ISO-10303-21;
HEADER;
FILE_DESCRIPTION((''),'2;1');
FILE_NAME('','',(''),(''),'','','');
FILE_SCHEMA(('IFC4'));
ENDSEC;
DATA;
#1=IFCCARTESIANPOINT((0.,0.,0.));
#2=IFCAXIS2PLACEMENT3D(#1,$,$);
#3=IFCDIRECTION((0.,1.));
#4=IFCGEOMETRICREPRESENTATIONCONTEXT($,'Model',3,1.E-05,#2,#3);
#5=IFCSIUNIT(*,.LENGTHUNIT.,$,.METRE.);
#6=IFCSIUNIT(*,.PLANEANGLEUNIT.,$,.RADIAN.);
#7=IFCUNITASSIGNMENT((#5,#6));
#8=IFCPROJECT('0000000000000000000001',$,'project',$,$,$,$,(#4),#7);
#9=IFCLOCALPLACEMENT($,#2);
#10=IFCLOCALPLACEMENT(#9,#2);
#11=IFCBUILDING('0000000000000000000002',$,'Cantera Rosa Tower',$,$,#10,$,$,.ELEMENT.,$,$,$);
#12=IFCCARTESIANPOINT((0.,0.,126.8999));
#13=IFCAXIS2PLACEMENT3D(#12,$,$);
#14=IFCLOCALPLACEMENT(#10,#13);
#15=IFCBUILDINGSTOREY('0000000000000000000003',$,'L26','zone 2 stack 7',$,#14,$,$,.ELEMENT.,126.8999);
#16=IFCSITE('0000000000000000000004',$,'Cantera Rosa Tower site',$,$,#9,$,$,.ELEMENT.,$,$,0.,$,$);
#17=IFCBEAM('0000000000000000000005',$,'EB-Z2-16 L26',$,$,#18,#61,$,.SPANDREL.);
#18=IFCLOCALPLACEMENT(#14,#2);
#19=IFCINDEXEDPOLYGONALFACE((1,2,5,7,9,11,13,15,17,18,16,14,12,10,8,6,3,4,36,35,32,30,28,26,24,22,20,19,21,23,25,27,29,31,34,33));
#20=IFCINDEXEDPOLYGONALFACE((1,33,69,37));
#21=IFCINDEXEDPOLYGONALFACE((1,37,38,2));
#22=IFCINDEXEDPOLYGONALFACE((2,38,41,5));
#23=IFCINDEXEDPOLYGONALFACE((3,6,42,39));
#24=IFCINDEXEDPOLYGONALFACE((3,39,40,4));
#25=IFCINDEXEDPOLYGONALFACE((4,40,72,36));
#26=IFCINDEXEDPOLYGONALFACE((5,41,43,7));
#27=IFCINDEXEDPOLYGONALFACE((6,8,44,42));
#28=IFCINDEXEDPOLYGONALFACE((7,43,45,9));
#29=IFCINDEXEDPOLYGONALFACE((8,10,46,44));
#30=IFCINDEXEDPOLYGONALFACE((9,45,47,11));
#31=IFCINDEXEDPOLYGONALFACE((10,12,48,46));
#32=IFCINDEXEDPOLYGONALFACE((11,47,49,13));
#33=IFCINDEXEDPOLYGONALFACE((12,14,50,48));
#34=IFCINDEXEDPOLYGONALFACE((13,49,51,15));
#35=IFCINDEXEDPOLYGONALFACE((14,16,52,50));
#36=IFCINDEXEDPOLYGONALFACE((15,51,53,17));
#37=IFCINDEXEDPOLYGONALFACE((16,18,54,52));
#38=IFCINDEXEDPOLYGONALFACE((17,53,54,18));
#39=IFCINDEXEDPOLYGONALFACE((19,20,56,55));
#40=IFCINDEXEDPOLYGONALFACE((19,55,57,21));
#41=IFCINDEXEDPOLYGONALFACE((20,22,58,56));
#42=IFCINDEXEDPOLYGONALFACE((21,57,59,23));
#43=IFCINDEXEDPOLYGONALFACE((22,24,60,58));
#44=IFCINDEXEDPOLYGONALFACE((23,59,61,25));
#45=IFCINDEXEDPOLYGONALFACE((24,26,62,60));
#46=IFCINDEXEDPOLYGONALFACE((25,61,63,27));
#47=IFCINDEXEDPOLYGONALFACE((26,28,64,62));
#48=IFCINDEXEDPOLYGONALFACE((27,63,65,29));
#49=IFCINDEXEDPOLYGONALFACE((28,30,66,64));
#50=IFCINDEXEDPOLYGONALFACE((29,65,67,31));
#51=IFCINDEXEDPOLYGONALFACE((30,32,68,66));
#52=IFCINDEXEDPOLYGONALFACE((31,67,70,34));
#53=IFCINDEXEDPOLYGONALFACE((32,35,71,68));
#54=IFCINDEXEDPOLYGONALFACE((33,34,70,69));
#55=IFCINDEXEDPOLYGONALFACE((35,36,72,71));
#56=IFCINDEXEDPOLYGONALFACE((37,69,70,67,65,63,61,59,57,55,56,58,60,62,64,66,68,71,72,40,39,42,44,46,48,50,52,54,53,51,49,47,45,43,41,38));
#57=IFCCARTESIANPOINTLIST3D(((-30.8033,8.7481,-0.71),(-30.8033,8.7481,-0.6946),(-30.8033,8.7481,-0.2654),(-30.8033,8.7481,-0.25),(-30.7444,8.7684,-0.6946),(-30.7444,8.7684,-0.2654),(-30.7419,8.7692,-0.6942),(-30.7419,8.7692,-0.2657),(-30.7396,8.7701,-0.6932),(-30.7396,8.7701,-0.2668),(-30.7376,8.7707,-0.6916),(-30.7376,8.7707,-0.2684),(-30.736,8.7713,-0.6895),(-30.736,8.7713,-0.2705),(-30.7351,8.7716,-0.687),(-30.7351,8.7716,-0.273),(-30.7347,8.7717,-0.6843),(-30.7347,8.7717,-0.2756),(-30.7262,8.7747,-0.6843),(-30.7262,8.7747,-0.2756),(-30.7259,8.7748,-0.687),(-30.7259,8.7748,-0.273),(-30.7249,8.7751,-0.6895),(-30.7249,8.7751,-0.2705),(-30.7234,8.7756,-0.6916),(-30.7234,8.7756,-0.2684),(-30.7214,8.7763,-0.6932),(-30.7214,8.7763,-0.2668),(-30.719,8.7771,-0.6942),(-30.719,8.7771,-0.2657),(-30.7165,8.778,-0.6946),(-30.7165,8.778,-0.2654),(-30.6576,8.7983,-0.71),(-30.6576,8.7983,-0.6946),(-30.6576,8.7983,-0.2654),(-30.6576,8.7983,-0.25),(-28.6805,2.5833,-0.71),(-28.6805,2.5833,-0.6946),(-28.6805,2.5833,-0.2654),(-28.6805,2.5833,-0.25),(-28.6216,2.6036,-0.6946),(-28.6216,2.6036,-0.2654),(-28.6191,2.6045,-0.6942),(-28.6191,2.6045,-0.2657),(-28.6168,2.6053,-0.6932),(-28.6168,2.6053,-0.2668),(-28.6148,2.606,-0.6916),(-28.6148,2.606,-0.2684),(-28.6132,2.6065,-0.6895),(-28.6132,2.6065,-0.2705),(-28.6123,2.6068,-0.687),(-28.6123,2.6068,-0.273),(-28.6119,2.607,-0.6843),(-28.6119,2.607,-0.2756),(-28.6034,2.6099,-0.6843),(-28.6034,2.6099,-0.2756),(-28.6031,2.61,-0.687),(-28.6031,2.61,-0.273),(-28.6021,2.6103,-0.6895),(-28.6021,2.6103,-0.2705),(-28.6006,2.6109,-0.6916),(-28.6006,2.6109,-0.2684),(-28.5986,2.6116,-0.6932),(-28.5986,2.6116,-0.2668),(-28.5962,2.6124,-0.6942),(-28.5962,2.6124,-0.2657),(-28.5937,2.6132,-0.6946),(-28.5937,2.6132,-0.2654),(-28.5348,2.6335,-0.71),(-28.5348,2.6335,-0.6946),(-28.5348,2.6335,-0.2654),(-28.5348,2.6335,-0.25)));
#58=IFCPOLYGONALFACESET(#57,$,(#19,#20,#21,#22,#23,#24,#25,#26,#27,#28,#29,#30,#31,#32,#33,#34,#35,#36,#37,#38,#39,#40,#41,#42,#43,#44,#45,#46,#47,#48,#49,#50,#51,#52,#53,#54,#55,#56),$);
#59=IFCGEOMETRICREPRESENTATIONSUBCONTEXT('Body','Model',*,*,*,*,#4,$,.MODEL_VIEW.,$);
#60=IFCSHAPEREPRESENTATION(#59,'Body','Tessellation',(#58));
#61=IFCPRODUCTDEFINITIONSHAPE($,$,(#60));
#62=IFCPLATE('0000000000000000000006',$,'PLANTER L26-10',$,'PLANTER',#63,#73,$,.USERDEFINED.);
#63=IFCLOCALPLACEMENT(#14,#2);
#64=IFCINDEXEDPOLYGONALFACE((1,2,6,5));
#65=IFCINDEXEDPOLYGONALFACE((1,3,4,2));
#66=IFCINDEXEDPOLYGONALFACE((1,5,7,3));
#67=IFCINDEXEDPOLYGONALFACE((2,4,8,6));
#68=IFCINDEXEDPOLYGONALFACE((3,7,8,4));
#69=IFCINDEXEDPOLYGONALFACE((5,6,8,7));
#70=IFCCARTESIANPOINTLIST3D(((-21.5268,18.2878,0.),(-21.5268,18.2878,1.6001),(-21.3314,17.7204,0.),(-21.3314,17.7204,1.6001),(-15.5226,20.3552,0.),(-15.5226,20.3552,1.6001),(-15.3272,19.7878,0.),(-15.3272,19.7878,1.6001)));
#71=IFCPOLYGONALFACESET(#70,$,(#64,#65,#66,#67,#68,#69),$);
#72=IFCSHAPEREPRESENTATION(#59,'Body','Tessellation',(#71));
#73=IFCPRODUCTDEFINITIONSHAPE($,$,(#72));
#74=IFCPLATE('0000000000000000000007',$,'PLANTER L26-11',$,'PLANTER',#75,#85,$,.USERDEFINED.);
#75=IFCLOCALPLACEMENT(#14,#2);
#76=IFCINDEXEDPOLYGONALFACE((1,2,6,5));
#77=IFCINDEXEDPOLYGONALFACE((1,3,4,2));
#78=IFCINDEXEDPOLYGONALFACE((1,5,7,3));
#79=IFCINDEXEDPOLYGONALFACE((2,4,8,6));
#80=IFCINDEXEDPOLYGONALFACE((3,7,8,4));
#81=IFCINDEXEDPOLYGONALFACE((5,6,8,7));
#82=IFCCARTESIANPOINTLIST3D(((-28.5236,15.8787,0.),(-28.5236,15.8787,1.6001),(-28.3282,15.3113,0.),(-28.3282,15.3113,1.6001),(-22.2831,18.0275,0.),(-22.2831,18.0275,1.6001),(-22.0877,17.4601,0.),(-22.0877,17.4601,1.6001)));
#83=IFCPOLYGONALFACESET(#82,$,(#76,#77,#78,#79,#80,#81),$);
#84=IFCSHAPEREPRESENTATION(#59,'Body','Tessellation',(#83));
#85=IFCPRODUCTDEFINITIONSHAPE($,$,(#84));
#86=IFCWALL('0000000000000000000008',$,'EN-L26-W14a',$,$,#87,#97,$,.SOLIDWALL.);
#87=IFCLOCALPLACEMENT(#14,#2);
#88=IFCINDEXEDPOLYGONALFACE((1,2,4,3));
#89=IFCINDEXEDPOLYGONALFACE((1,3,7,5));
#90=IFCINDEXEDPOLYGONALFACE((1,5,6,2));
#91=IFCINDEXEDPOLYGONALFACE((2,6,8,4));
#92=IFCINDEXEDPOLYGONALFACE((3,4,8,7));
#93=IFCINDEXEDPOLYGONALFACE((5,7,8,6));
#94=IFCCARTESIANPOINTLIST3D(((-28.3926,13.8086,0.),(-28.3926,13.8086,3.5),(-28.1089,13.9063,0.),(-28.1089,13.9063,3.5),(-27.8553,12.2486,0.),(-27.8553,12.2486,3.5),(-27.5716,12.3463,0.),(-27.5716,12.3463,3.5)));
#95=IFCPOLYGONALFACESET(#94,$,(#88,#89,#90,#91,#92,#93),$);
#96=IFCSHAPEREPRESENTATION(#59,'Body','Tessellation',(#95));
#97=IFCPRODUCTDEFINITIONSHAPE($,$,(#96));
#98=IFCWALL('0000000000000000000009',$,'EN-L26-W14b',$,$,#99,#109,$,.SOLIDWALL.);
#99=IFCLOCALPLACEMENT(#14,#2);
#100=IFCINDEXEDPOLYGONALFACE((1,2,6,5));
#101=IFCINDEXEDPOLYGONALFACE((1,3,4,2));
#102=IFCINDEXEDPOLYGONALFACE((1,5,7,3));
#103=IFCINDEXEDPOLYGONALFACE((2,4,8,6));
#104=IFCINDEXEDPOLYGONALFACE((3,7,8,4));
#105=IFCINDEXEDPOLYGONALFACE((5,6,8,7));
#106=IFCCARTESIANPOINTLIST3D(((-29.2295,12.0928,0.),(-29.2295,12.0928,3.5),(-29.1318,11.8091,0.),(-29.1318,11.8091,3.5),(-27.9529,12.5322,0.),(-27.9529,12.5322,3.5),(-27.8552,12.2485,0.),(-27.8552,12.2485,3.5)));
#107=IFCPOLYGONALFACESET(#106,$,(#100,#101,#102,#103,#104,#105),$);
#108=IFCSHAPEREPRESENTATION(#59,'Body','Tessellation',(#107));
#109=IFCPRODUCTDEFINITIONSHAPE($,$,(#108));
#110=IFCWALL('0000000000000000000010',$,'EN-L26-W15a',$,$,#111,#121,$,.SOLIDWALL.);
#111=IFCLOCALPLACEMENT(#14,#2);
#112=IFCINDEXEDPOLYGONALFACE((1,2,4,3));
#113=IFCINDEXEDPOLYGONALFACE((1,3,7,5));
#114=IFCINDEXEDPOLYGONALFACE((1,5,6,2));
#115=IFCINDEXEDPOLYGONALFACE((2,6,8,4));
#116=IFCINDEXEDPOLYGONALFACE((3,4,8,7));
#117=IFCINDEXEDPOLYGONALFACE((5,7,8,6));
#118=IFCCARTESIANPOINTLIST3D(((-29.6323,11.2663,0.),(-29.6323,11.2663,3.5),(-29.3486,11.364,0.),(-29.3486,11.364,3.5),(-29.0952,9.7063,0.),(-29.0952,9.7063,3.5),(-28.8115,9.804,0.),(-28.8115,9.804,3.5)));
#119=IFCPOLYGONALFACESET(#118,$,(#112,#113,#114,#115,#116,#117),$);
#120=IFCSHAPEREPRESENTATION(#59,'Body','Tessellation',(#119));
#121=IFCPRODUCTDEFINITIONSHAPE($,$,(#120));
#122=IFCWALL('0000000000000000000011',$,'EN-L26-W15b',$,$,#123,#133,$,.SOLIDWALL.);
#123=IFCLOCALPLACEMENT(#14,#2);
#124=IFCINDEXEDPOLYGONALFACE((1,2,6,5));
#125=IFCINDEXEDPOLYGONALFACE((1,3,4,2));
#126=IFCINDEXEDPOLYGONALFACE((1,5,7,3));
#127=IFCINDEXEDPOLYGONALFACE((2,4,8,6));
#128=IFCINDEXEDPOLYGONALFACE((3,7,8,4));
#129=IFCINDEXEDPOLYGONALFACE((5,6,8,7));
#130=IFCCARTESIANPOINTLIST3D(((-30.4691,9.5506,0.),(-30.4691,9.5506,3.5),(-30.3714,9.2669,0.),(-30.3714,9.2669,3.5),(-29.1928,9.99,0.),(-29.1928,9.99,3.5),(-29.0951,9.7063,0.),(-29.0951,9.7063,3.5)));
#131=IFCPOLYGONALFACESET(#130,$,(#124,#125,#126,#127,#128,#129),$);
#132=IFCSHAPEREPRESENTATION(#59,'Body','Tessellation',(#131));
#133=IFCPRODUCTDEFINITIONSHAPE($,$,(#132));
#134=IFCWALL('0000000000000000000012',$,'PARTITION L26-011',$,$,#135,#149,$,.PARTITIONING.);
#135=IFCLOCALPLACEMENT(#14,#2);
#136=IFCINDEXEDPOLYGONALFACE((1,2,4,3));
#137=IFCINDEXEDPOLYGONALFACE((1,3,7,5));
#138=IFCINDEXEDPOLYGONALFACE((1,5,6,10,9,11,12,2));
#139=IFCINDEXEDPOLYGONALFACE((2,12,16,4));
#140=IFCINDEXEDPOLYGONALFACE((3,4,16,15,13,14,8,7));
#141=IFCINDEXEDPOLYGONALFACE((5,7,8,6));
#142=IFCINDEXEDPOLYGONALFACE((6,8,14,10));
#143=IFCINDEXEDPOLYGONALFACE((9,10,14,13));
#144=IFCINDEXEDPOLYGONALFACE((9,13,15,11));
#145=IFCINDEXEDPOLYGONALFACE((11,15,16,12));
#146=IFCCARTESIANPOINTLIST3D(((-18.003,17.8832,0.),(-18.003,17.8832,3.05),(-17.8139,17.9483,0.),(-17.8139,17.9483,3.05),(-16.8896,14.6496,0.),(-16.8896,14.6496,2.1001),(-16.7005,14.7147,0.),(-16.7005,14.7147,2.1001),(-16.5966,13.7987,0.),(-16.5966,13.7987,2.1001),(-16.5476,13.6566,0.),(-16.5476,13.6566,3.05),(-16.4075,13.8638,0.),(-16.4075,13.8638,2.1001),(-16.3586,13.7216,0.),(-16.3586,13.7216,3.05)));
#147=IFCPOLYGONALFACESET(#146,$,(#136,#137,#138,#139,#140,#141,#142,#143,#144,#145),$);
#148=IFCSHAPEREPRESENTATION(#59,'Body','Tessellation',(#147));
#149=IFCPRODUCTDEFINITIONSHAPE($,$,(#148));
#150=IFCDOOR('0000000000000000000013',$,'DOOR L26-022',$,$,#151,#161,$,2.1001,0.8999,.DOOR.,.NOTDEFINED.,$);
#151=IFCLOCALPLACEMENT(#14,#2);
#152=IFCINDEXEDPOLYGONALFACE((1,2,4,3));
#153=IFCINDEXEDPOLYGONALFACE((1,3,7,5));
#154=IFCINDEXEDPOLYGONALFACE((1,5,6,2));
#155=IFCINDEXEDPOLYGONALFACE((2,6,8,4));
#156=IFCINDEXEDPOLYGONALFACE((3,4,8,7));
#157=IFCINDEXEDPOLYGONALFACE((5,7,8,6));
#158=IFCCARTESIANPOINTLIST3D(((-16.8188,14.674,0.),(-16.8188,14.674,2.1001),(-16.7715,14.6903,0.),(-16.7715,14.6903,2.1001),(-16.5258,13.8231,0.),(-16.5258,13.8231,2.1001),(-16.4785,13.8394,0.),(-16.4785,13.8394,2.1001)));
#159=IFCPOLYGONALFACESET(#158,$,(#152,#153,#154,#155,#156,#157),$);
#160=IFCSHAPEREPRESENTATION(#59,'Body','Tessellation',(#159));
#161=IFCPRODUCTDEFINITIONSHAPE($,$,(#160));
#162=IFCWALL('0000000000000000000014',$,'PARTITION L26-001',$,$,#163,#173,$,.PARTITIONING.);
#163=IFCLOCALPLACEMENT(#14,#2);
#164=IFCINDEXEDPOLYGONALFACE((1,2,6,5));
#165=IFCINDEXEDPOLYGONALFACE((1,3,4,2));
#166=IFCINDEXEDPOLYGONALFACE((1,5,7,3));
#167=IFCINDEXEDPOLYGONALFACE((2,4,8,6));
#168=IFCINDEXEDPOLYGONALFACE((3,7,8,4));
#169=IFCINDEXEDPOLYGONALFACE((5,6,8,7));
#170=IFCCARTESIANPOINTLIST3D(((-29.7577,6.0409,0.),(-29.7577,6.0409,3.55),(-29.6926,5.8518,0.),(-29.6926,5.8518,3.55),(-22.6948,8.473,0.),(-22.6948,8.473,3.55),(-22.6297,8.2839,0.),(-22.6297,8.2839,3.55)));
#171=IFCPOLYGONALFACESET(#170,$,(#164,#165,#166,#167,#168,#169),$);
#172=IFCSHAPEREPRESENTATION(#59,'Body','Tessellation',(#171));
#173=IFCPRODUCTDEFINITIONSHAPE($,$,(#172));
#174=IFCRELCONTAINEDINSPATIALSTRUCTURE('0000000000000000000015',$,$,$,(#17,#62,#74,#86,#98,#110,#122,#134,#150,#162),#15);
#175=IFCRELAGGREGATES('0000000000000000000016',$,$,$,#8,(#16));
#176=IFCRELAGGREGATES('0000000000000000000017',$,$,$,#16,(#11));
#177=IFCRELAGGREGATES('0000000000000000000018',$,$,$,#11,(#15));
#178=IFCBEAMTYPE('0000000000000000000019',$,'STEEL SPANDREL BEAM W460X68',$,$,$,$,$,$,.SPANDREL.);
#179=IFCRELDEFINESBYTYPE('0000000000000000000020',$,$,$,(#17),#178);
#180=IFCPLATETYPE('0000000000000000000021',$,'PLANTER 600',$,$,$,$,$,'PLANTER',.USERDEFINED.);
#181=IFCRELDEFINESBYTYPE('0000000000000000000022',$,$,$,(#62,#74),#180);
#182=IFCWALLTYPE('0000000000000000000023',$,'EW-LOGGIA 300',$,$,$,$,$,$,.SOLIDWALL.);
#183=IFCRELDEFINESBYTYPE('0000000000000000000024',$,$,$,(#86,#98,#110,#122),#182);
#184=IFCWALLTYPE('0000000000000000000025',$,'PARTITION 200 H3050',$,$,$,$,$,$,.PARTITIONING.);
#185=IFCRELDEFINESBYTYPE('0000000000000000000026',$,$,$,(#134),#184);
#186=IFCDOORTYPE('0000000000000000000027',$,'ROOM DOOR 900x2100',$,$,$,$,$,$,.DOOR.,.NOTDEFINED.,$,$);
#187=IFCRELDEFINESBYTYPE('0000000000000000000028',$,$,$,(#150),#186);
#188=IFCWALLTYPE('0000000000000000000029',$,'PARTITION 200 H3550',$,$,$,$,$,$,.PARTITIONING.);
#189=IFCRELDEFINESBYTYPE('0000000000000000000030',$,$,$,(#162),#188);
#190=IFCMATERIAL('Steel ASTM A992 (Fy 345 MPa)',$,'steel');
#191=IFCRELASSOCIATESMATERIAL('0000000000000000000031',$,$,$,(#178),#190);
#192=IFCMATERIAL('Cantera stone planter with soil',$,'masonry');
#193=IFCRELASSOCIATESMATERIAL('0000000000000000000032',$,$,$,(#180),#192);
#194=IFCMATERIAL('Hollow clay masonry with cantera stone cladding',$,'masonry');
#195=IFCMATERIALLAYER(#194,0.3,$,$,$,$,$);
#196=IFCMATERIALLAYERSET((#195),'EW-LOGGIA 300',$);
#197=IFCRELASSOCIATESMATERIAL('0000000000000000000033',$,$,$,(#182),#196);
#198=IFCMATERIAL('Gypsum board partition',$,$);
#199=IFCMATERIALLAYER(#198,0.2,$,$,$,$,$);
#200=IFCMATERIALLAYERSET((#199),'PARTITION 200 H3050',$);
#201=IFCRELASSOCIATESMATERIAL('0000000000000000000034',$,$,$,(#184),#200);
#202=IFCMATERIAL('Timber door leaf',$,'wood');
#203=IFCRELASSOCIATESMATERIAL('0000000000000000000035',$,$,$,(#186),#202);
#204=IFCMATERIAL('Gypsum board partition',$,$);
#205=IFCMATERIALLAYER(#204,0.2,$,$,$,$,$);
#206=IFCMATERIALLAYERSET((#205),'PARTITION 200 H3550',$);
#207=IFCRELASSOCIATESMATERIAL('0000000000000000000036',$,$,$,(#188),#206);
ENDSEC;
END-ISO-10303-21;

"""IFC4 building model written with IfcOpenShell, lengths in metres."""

from ifc_helpers import new_model, si_unit, direction, frame, frame_2d, origin, origin_2d, place, context, subcontext, project, spatial, rectangle, i_section, extrude, material, layer, layer_set, material_profile, profile_set, type_object, element, fill, save


model = new_model("IFC4")

# Units and contexts
model_context = context("Model", 3, precision=1e-05, world=origin(), true_north=direction((0.0, 1.0)))
body_context = subcontext(model_context, "Body", "Model", "MODEL_VIEW")
ifc_project = project(units=[si_unit("LENGTHUNIT", "METRE"), si_unit("PLANEANGLEUNIT", "RADIAN")], contexts=[model_context])

# Site, building, storey
site_placement = place(None, origin())
site = spatial("IfcSite", under=ifc_project, at=site_placement, Name="Cantera Rosa Tower site", CompositionType="ELEMENT", RefElevation=0.0)
building_placement = place(site_placement, origin())
building = spatial("IfcBuilding", under=site, at=building_placement, Name="Cantera Rosa Tower", CompositionType="ELEMENT")
storey_placement = place(building_placement, frame((0.0, 0.0, 126.8999)))
storey = spatial("IfcBuildingStorey", under=building, at=storey_placement, Name="L26", Description="zone 2 stack 7", CompositionType="ELEMENT", Elevation=126.8999)

# Beam
ifc_material_1 = material(Name="Steel ASTM A992 (Fy 345 MPa)", Category="steel")
ifc_material_profile_1 = material_profile(ifc_material_1, i_section(OverallWidth=0.1541, OverallDepth=0.46, WebThickness=0.009, FlangeThickness=0.0154, FilletRadius=0.0103, at=origin_2d()), Name="W460X68")
ifc_profile_set_1 = profile_set([ifc_material_profile_1], Name="Steel ASTM A992 (Fy 345 MPa)")
beam_type_1 = type_object("IfcBeamType", Name="STEEL SPANDREL BEAM W460X68", PredefinedType="SPANDREL", material=ifc_profile_set_1)
beam_1_placement = place(storey_placement, frame((-30.7305, 8.7732, -0.48), z_axis=(0.325581, -0.945514, 0.0), x_axis=(0.945514, 0.325581, 0.0)))
element("IfcBeam", 1, at=beam_1_placement, inside=storey, type_object=beam_type_1, Name="EB-Z2-16 L26", PredefinedType="SPANDREL", context=body_context, shape_type="SweptSolid", body=[
    extrude(i_section(OverallWidth=0.1541, OverallDepth=0.46, WebThickness=0.009, FlangeThickness=0.0154, FilletRadius=0.0103, at=origin_2d()), origin(), (0.0, 0.0, 1.0), 6.52),
])

# Plates
ifc_material_2 = material(Name="Cantera stone planter with soil", Category="masonry")
plate_type = type_object("IfcPlateType", Name="PLANTER 600", ElementType="PLANTER", PredefinedType="USERDEFINED", material=ifc_material_2)
plate_1_placement = place(storey_placement, frame((-18.427, 19.0378, 0.0), z_axis=(0.0, 0.0, 1.0), x_axis=(-0.945519, -0.325568, 0.0)))
element("IfcPlate", 2, at=plate_1_placement, inside=storey, type_object=plate_type, Name="PLANTER L26-10", ObjectType="PLANTER", PredefinedType="USERDEFINED", context=body_context, shape_type="SweptSolid", body=[
    extrude(rectangle(XDim=6.3501, YDim=0.6001, at=origin_2d()), origin(), (0.0, 0.0, 1.0), 1.6001),
])
plate_2_placement = place(storey_placement, frame((-25.3057, 16.6694, 0.0), z_axis=(0.0, 0.0, 1.0), x_axis=(-0.945519, -0.325568, 0.0)))
element("IfcPlate", 3, at=plate_2_placement, inside=storey, type_object=plate_type, Name="PLANTER L26-11", ObjectType="PLANTER", PredefinedType="USERDEFINED", context=body_context, shape_type="SweptSolid", body=[
    extrude(rectangle(XDim=6.6001, YDim=0.6001, at=origin_2d()), origin(), (0.0, 0.0, 1.0), 1.6001),
])

# Walls
ifc_material_3 = material(Name="Hollow clay masonry with cantera stone cladding", Category="masonry")
ifc_layer_1 = layer(ifc_material_3, 0.3)
ifc_layer_set_1 = layer_set([ifc_layer_1], Name="EW-LOGGIA 300")
wall_type_1 = type_object("IfcWallType", Name="EW-LOGGIA 300", PredefinedType="SOLIDWALL", material=ifc_layer_set_1)
wall_1_placement = place(storey_placement, frame((-28.2507, 13.8574, 0.0), z_axis=(0.0, 0.0, 1.0), x_axis=(0.325667, -0.945485, 0.0)))
element("IfcWall", 4, at=wall_1_placement, inside=storey, type_object=wall_type_1, Name="EN-L26-W14a", PredefinedType="SOLIDWALL", context=body_context, shape_type="SweptSolid", body=[
    extrude(rectangle(XDim=1.6499, YDim=0.3, at=frame_2d((0.825, 0.0))), origin(), (0.0, 0.0, 1.0), 3.5),
])
wall_2_placement = place(storey_placement, frame((-27.9041, 12.3904, 0.0), z_axis=(0.0, 0.0, 1.0), x_axis=(-0.945546, -0.325489, 0.0)))
element("IfcWall", 5, at=wall_2_placement, inside=storey, type_object=wall_type_1, Name="EN-L26-W14b", PredefinedType="SOLIDWALL", context=body_context, shape_type="SweptSolid", body=[
    extrude(rectangle(XDim=1.3501, YDim=0.3, at=frame_2d((0.675, 0.0))), origin(), (0.0, 0.0, 1.0), 3.5),
])
wall_3_placement = place(storey_placement, frame((-29.4905, 11.3152, 0.0), z_axis=(0.0, 0.0, 1.0), x_axis=(0.325535, -0.94553, 0.0)))
element("IfcWall", 6, at=wall_3_placement, inside=storey, type_object=wall_type_1, Name="EN-L26-W15a", PredefinedType="SOLIDWALL", context=body_context, shape_type="SweptSolid", body=[
    extrude(rectangle(XDim=1.6499, YDim=0.3, at=frame_2d((0.825, 0.0))), origin(), (0.0, 0.0, 1.0), 3.5),
])
wall_4_placement = place(storey_placement, frame((-29.144, 9.8481, 0.0), z_axis=(0.0, 0.0, 1.0), x_axis=(-0.945527, -0.325545, 0.0)))
element("IfcWall", 7, at=wall_4_placement, inside=storey, type_object=wall_type_1, Name="EN-L26-W15b", PredefinedType="SOLIDWALL", context=body_context, shape_type="SweptSolid", body=[
    extrude(rectangle(XDim=1.3499, YDim=0.3, at=frame_2d((0.6748, 0.0))), origin(), (0.0, 0.0, 1.0), 3.5),
])

# Wall, opening, door
ifc_material_4 = material(Name="Gypsum board partition")
ifc_layer_2 = layer(ifc_material_4, 0.2)
ifc_layer_set_2 = layer_set([ifc_layer_2], Name="PARTITION 200 H3050")
wall_type_2 = type_object("IfcWallType", Name="PARTITION 200 H3050", PredefinedType="PARTITIONING", material=ifc_layer_set_2)
wall_5_placement = place(storey_placement, frame((-17.9084, 17.9158, 0.0), z_axis=(0.0, 0.0, 1.0), x_axis=(0.325568, -0.945519, 0.0)))
wall_5 = element("IfcWall", 8, at=wall_5_placement, inside=storey, type_object=wall_type_2, Name="PARTITION L26-011", PredefinedType="PARTITIONING", context=body_context, shape_type="SweptSolid", body=[
    extrude(rectangle(XDim=4.4702, YDim=0.2, at=frame_2d((2.2351, 0.0))), origin(), (0.0, 0.0, 1.0), 3.05),
])
opening_1_placement = place(wall_5_placement, frame((3.4199, 0.0, 0.0)))
opening_1 = element("IfcOpeningElement", 9, at=opening_1_placement, cuts=wall_5, PredefinedType="OPENING", context=body_context, shape_type="SweptSolid", body=[
    extrude(rectangle(XDim=0.8999, YDim=2.1001, at=frame_2d((0.45, 1.05))), frame((0.0, 0.1099, 0.0), z_axis=(0.0, -1.0, 0.0), x_axis=(1.0, 0.0, 0.0)), (0.0, 0.0, 1.0), 0.22),
])
ifc_material_5 = material(Name="Timber door leaf", Category="wood")
door_type_1 = type_object("IfcDoorType", Name="ROOM DOOR 900x2100", OperationType="NOTDEFINED", PredefinedType="DOOR", material=ifc_material_5)
door_1_placement = place(opening_1_placement, origin())
door_1 = element("IfcDoor", 10, at=door_1_placement, inside=storey, type_object=door_type_1, Name="DOOR L26-022", OperationType="NOTDEFINED", OverallHeight=2.1001, OverallWidth=0.8999, PredefinedType="DOOR", context=body_context, shape_type="SweptSolid", body=[
    extrude(rectangle(XDim=0.8999, YDim=2.1001, at=frame_2d((0.45, 1.05))), frame((0.0, 0.0249, 0.0), z_axis=(0.0, -1.0, 0.0), x_axis=(1.0, 0.0, 0.0)), (0.0, 0.0, 1.0), 0.05),
])
fill(opening_1, door_1)

# Wall
ifc_material_6 = material(Name="Gypsum board partition")
ifc_layer_3 = layer(ifc_material_6, 0.2)
ifc_layer_set_3 = layer_set([ifc_layer_3], Name="PARTITION 200 H3550")
wall_type_3 = type_object("IfcWallType", Name="PARTITION 200 H3550", PredefinedType="PARTITIONING", material=ifc_layer_set_3)
wall_6_placement = place(storey_placement, frame((-22.6624, 8.3784, 0.0), z_axis=(0.0, 0.0, 1.0), x_axis=(-0.945513, -0.325586, 0.0)))
element("IfcWall", 11, at=wall_6_placement, inside=storey, type_object=wall_type_3, Name="PARTITION L26-001", PredefinedType="PARTITIONING", context=body_context, shape_type="SweptSolid", body=[
    extrude(rectangle(XDim=7.47, YDim=0.2, at=frame_2d((3.7349, 0.0))), origin(), (0.0, 0.0, 1.0), 3.55),
])

save(model, "model.ifc")
